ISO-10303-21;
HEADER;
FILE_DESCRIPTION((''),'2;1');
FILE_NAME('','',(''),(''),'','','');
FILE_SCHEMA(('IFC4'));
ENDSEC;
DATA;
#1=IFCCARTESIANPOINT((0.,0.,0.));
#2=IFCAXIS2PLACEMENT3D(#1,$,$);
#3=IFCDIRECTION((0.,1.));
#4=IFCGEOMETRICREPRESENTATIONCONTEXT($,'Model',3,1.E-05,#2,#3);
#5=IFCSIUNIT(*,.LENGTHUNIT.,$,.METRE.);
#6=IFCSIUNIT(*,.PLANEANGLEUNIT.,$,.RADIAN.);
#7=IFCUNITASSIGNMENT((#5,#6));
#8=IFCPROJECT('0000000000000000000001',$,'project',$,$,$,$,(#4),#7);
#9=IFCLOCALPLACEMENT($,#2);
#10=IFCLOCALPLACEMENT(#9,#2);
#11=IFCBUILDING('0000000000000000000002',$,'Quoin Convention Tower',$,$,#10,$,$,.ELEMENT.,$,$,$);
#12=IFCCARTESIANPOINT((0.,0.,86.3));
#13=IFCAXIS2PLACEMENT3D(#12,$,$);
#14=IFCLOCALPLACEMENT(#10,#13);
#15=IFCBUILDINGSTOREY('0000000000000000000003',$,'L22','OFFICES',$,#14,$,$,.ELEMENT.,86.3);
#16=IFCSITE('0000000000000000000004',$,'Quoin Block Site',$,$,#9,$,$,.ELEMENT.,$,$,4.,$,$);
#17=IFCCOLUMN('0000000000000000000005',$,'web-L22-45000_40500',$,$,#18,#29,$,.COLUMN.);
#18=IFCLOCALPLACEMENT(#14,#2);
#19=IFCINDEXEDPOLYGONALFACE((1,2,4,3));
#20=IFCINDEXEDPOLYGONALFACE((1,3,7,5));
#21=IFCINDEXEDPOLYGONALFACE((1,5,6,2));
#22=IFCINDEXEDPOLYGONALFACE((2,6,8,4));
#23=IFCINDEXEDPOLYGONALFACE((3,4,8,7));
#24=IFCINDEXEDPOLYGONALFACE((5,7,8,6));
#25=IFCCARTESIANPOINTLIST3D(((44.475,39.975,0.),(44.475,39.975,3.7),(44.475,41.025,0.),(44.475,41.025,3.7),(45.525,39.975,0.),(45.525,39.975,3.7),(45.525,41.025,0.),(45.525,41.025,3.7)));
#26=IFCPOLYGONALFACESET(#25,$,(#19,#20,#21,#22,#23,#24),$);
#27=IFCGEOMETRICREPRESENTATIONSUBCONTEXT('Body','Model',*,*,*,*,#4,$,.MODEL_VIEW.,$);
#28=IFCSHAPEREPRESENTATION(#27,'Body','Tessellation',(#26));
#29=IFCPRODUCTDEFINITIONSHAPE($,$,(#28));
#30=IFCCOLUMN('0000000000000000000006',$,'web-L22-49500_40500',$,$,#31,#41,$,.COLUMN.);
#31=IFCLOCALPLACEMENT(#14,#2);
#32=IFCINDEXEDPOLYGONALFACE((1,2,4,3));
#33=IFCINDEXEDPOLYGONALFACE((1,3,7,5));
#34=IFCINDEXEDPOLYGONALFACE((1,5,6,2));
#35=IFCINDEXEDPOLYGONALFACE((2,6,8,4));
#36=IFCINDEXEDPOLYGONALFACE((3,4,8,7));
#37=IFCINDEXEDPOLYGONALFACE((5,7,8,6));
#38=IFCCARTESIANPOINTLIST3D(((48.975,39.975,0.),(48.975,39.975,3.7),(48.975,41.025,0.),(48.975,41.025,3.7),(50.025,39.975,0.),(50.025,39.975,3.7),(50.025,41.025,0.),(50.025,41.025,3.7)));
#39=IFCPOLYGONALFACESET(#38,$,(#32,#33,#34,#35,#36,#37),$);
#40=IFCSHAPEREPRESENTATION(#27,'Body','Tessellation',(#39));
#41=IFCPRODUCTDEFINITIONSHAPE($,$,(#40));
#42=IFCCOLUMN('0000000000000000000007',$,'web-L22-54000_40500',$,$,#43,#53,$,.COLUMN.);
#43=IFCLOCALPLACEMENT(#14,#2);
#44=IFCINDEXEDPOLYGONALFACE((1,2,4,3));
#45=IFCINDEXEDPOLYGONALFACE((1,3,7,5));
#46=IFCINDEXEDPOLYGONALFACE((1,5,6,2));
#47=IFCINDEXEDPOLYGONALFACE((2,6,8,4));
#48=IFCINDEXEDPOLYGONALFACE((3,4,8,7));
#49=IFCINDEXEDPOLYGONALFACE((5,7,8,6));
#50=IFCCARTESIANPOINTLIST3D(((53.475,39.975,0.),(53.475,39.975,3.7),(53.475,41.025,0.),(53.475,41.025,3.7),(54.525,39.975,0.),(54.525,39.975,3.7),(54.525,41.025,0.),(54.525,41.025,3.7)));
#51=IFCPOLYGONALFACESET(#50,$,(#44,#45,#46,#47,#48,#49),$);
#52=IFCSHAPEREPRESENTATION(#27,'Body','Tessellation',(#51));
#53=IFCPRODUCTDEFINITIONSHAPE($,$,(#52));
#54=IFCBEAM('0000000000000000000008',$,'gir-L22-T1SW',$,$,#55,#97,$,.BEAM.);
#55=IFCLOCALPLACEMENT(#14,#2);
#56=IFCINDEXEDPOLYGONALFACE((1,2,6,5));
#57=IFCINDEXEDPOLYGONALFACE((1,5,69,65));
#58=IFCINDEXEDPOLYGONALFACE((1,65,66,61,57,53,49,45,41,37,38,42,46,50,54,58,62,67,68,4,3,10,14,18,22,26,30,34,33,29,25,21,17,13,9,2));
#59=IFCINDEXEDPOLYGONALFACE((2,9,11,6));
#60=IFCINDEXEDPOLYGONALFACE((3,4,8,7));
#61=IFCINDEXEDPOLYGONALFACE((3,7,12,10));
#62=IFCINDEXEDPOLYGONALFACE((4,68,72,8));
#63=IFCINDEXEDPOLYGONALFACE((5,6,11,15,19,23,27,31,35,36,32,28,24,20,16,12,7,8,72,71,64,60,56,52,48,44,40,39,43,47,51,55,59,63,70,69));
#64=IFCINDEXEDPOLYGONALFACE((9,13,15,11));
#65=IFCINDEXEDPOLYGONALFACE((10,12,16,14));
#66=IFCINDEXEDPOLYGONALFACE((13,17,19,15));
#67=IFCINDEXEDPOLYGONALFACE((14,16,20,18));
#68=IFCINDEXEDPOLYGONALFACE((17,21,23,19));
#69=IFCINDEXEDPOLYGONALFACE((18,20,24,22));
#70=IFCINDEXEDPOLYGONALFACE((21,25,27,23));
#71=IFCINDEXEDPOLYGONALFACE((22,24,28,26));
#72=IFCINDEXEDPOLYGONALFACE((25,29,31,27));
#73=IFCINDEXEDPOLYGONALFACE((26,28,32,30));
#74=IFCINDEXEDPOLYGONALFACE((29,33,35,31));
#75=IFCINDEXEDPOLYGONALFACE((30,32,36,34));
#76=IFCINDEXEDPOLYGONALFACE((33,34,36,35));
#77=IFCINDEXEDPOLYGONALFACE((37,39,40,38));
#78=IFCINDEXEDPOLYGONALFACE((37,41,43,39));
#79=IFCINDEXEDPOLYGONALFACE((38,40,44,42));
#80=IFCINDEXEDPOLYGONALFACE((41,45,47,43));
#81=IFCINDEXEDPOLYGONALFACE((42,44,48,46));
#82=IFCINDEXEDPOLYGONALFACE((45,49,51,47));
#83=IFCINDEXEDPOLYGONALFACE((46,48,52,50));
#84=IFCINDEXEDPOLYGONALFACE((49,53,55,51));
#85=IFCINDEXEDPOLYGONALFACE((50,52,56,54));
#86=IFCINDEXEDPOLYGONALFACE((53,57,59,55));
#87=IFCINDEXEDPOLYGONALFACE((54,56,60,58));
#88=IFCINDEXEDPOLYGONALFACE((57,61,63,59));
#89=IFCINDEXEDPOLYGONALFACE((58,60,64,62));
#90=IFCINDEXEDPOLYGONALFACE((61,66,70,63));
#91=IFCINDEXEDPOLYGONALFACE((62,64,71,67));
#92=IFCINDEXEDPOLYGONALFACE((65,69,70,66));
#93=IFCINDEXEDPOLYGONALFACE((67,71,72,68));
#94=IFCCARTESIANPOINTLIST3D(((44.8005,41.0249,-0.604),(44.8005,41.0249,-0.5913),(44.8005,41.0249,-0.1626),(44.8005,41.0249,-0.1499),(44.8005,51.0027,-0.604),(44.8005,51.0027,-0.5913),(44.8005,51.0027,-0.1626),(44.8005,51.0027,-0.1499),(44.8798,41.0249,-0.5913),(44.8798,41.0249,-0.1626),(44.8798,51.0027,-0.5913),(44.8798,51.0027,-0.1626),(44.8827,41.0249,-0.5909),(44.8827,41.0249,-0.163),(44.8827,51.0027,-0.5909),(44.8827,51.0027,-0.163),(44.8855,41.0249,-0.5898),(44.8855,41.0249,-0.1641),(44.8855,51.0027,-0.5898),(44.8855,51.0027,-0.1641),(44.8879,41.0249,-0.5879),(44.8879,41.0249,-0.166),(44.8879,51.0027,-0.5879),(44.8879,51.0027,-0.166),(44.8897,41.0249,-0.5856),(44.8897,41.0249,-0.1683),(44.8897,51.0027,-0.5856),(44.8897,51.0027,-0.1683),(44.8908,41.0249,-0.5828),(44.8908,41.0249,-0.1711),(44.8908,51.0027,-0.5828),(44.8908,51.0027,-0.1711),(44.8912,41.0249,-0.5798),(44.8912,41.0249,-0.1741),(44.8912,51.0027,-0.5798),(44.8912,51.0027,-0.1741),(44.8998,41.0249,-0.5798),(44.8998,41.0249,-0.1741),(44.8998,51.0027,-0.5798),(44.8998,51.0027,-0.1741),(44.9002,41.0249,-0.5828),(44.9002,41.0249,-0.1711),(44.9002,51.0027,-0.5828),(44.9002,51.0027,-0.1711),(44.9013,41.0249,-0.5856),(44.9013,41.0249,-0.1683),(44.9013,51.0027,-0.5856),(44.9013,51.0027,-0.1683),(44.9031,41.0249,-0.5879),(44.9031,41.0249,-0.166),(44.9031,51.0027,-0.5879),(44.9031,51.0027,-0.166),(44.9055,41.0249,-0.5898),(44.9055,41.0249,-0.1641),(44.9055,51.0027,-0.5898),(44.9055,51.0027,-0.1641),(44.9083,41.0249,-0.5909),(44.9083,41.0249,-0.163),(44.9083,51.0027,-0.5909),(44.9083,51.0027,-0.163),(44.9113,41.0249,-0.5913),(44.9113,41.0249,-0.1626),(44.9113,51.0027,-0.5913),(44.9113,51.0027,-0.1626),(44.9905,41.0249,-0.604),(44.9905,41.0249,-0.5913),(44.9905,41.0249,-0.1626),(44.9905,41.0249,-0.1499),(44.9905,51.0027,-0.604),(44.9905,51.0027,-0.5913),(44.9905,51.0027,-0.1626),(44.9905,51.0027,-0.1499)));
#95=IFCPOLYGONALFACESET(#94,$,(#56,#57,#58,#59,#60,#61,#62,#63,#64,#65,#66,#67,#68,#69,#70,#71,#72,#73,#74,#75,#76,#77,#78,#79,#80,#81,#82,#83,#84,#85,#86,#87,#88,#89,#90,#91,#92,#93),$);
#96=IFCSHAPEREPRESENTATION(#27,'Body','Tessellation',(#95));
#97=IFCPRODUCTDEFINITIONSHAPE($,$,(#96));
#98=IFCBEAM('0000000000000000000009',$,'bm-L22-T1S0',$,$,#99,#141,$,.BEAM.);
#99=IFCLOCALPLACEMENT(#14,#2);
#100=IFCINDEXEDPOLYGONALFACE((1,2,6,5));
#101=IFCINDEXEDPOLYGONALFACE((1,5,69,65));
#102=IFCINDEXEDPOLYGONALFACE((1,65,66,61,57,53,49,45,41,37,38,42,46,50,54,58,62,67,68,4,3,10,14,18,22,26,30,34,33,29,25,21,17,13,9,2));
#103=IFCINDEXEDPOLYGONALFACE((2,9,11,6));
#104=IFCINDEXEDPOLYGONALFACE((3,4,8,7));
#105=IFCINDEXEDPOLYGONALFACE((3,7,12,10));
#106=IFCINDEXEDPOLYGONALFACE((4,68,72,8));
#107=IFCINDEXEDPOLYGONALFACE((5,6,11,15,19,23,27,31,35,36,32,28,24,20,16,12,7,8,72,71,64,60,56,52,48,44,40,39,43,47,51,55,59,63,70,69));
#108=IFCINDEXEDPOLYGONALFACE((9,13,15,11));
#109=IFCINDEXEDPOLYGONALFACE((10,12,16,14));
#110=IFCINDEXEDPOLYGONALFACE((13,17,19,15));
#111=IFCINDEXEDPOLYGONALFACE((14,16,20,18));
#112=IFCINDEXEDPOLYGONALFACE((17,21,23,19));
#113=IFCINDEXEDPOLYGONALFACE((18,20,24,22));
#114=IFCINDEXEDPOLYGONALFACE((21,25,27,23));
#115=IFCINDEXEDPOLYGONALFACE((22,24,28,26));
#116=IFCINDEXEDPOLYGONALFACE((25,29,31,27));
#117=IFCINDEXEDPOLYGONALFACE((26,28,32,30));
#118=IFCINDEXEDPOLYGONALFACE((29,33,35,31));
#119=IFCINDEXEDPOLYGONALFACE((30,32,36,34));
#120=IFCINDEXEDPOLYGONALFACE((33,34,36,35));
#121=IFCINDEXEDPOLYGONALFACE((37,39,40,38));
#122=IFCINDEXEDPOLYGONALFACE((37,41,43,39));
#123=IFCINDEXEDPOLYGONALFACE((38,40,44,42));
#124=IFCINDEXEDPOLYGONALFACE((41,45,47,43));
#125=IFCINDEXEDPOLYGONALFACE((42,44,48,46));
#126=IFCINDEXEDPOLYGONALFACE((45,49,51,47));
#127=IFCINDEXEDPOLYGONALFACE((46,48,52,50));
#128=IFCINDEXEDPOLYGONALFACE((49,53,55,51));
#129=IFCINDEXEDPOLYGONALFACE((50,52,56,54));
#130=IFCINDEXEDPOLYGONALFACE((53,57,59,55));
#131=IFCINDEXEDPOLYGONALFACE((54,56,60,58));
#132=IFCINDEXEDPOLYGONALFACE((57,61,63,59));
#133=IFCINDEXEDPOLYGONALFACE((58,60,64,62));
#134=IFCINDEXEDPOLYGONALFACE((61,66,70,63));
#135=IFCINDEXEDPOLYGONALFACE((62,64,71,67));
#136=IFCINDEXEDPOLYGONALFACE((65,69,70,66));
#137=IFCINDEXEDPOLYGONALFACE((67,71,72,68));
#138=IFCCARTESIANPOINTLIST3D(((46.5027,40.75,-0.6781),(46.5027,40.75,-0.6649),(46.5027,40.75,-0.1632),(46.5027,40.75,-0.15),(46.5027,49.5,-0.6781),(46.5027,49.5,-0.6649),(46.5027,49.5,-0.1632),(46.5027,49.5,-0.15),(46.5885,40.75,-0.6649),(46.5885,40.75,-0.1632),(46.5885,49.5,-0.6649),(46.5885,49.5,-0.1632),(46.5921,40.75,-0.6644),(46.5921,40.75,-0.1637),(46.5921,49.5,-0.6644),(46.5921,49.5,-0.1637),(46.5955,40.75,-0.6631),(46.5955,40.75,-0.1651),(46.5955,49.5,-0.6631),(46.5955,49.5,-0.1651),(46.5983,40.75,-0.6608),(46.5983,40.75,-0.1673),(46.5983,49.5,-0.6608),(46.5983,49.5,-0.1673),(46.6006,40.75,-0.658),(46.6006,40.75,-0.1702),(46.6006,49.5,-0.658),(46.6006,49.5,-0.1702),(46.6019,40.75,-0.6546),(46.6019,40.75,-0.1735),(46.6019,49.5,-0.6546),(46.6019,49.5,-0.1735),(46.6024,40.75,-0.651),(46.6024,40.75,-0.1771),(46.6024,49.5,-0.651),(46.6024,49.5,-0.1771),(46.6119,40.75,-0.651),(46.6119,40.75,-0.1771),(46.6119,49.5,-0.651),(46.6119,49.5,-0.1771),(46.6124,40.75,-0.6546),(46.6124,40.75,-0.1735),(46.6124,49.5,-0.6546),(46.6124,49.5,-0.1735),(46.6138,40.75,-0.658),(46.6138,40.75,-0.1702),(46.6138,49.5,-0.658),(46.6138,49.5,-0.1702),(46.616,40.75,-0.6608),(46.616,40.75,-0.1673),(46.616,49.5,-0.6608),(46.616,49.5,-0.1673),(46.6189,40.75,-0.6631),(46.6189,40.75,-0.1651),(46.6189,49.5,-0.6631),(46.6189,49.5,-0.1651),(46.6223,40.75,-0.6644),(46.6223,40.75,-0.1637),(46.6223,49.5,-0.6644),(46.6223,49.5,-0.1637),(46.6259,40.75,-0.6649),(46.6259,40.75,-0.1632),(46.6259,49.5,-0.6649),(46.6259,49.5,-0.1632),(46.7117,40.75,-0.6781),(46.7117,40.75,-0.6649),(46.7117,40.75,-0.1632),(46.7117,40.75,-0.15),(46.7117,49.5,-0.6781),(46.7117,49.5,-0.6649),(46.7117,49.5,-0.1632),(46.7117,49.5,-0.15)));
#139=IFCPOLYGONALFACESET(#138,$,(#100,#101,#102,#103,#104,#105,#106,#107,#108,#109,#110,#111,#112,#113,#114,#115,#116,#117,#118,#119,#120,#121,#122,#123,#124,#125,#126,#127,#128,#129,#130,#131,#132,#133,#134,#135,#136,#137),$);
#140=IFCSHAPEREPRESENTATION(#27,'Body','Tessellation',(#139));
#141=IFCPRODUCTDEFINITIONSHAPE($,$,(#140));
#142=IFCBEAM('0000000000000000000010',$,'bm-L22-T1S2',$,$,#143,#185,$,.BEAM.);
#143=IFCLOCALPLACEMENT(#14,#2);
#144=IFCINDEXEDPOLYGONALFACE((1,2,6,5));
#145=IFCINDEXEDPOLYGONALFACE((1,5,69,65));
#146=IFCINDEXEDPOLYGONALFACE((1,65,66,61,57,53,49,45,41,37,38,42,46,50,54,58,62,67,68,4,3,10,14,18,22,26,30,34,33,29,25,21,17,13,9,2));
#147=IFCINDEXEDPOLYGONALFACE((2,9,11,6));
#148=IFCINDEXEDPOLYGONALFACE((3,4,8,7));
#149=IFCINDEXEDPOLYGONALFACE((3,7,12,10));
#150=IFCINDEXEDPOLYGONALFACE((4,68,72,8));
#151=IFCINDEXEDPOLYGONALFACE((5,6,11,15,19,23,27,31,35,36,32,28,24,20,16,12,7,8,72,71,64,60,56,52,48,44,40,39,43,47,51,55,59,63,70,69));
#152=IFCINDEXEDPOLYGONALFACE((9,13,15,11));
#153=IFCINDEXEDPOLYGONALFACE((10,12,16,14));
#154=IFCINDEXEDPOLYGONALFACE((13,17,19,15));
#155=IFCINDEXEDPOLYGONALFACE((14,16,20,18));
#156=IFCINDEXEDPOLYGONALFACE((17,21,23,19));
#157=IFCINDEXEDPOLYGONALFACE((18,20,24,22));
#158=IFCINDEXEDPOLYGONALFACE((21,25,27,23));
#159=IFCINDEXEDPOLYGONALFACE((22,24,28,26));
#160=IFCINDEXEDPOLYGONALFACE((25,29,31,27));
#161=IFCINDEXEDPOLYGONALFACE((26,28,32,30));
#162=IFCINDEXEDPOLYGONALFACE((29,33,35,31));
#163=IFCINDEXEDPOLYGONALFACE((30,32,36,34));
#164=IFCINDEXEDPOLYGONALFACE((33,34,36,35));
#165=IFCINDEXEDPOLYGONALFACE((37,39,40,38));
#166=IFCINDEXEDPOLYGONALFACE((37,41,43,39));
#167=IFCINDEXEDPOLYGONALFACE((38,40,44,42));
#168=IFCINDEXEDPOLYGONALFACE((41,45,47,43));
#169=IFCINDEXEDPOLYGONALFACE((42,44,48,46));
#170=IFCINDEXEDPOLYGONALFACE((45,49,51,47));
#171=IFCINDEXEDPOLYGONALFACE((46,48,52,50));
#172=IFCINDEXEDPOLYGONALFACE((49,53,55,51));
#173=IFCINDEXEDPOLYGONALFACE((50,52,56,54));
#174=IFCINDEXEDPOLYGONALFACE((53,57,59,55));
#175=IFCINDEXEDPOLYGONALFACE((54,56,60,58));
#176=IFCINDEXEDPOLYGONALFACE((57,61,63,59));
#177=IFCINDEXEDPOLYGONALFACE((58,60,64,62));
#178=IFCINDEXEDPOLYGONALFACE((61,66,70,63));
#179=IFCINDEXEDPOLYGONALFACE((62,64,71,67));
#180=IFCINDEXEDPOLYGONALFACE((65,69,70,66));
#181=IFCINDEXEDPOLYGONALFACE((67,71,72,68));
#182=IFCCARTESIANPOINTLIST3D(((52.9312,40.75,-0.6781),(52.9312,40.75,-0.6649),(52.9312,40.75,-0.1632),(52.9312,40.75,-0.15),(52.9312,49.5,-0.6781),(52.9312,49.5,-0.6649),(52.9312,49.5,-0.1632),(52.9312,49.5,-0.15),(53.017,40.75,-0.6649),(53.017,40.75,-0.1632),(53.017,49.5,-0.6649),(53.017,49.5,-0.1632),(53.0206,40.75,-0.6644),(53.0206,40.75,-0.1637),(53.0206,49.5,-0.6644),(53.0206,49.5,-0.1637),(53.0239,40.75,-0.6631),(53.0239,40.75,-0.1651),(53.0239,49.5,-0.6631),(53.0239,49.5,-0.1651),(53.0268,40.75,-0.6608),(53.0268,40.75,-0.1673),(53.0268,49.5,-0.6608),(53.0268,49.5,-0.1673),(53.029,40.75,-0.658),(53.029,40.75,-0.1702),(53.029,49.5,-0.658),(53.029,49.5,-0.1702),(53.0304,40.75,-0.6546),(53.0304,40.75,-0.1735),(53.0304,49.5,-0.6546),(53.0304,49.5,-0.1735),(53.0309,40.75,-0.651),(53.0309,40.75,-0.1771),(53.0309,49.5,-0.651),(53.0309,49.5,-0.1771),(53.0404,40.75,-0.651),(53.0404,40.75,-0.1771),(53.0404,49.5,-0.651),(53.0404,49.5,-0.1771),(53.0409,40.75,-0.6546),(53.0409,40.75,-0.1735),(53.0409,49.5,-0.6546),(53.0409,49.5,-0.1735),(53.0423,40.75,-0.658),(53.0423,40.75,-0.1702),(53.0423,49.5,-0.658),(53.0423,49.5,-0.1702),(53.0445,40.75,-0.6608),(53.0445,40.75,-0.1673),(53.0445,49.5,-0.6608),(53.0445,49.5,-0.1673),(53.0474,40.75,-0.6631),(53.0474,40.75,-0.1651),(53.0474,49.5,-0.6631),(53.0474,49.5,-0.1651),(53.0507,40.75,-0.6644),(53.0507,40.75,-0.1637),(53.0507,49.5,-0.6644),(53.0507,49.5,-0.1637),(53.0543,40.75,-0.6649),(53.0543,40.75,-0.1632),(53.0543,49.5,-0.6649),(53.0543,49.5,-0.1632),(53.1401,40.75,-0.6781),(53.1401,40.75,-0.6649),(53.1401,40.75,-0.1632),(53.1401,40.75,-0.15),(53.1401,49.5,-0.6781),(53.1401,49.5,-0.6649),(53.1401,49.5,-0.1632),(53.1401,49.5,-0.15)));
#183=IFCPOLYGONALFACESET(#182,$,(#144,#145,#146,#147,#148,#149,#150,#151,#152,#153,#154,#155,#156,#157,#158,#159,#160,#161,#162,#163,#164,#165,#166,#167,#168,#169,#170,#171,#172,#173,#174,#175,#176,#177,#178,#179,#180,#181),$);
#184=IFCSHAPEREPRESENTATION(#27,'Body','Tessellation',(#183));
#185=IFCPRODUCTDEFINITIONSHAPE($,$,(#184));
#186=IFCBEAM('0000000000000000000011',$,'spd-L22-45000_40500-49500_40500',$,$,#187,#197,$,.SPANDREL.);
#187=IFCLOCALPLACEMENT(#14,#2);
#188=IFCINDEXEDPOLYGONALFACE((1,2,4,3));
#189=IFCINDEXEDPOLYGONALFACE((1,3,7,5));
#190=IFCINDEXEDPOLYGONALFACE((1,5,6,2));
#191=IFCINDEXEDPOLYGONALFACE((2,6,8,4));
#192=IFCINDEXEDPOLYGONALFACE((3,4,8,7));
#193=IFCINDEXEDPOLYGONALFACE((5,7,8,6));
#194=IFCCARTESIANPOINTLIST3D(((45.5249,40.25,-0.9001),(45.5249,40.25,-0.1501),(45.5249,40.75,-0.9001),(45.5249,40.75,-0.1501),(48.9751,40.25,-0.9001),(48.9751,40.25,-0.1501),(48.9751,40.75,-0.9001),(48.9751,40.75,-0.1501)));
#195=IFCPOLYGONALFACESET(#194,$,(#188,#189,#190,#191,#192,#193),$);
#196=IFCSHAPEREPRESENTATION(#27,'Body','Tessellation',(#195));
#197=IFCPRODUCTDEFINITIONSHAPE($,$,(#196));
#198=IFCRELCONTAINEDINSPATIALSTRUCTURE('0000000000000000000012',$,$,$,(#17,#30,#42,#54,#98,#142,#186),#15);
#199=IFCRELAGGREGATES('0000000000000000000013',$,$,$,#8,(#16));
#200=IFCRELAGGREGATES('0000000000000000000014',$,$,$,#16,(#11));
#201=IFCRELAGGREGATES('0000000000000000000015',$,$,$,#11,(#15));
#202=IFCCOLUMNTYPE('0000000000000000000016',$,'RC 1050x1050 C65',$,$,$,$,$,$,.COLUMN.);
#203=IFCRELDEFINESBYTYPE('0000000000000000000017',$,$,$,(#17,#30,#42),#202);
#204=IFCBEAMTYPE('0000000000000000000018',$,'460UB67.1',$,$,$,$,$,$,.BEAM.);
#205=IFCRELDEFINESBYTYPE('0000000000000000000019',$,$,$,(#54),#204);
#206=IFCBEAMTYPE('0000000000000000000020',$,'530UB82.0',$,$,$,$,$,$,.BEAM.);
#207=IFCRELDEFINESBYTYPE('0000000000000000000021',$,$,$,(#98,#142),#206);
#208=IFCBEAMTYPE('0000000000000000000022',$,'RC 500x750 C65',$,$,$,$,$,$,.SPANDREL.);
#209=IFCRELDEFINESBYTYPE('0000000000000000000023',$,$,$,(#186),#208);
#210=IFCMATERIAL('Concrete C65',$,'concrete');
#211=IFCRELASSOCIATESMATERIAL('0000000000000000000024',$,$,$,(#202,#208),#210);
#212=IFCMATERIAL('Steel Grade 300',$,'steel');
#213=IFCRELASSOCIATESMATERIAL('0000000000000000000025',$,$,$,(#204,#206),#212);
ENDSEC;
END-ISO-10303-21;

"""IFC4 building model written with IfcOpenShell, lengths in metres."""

from ifc_helpers import new_model, si_unit, direction, frame, origin, origin_2d, place, context, subcontext, project, spatial, rectangle, i_section, extrude, material, material_profile, profile_set, type_object, element, save


model = new_model("IFC4")

# Units and contexts
model_context = context("Model", 3, precision=1e-05, world=origin(), true_north=direction((0.0, 1.0)))
body_context = subcontext(model_context, "Body", "Model", "MODEL_VIEW")
ifc_project = project(units=[si_unit("LENGTHUNIT", "METRE"), si_unit("PLANEANGLEUNIT", "RADIAN")], contexts=[model_context])

# Site, building, storey
site_placement = place(None, origin())
site = spatial("IfcSite", under=ifc_project, at=site_placement, Name="Quoin Block Site", CompositionType="ELEMENT", RefElevation=4.0)
building_placement = place(site_placement, origin())
building = spatial("IfcBuilding", under=site, at=building_placement, Name="Quoin Convention Tower", CompositionType="ELEMENT")
storey_placement = place(building_placement, frame((0.0, 0.0, 86.3)))
storey = spatial("IfcBuildingStorey", under=building, at=storey_placement, Name="L22", Description="OFFICES", CompositionType="ELEMENT", Elevation=86.3)

# Columns
ifc_material_1 = material(Name="Concrete C65", Category="concrete")
ifc_material_profile_1 = material_profile(ifc_material_1, rectangle(XDim=1.05, YDim=1.05, at=origin_2d()), Name="RC 1050x1050")
ifc_profile_set_1 = profile_set([ifc_material_profile_1], Name="Concrete C65")
column_type = type_object("IfcColumnType", Name="RC 1050x1050 C65", PredefinedType="COLUMN", material=ifc_profile_set_1)
for number, where, z_axis, x_axis, name in (
    (1, (45.0, 40.5, 0.0), (0.0, 0.0, 1.0), (1.0, 0.0, 0.0), "web-L22-45000_40500"),
    (2, (49.5, 40.5, 0.0), (0.0, 0.0, 1.0), (1.0, 0.0, 0.0), "web-L22-49500_40500"),
    (3, (54.0, 40.5, 0.0), (0.0, 0.0, 1.0), (1.0, 0.0, 0.0), "web-L22-54000_40500"),
):
    element("IfcColumn", number, at=place(storey_placement, frame(where, z_axis=z_axis, x_axis=x_axis)), inside=storey, type_object=column_type, Name=name, PredefinedType="COLUMN", context=body_context, shape_type="SweptSolid", body=[
        extrude(rectangle(XDim=1.05, YDim=1.05, at=origin_2d()), origin(), (0.0, 0.0, 1.0), 3.7),
    ])

# Beams
ifc_material_2 = material(Name="Steel Grade 300", Category="steel")
ifc_material_profile_2 = material_profile(ifc_material_2, i_section(OverallWidth=0.1899, OverallDepth=0.4541, WebThickness=0.0085, FlangeThickness=0.0127, FilletRadius=0.0115, at=origin_2d()), Name="460UB67.1")
ifc_profile_set_2 = profile_set([ifc_material_profile_2], Name="Steel Grade 300")
beam_type_1 = type_object("IfcBeamType", Name="460UB67.1", PredefinedType="BEAM", material=ifc_profile_set_2)
beam_placement = place(storey_placement, frame((44.8955, 41.0249, -0.377), z_axis=(0.0, 1.0, 0.0), x_axis=(-1.0, 0.0, 0.0)))
element("IfcBeam", 4, at=beam_placement, inside=storey, type_object=beam_type_1, Name="gir-L22-T1SW", PredefinedType="BEAM", context=body_context, shape_type="SweptSolid", body=[
    extrude(i_section(OverallWidth=0.1899, OverallDepth=0.4541, WebThickness=0.0085, FlangeThickness=0.0127, FilletRadius=0.0115, at=origin_2d()), origin(), (0.0, 0.0, 1.0), 9.9778),
])
ifc_material_profile_3 = material_profile(ifc_material_2, i_section(OverallWidth=0.209, OverallDepth=0.5281, WebThickness=0.0095, FlangeThickness=0.0132, FilletRadius=0.0139, at=origin_2d()), Name="530UB82.0")
ifc_profile_set_3 = profile_set([ifc_material_profile_3], Name="Steel Grade 300")
beam_type_2 = type_object("IfcBeamType", Name="530UB82.0", PredefinedType="BEAM", material=ifc_profile_set_3)
for number, where, z_axis, x_axis, name in (
    (5, (46.6072, 40.75, -0.4141), (0.0, 1.0, 0.0), (-1.0, 0.0, 0.0), "bm-L22-T1S0"),
    (6, (53.0356, 40.75, -0.4141), (0.0, 1.0, 0.0), (-1.0, 0.0, 0.0), "bm-L22-T1S2"),
):
    element("IfcBeam", number, at=place(storey_placement, frame(where, z_axis=z_axis, x_axis=x_axis)), inside=storey, type_object=beam_type_2, Name=name, PredefinedType="BEAM", context=body_context, shape_type="SweptSolid", body=[
        extrude(i_section(OverallWidth=0.209, OverallDepth=0.5281, WebThickness=0.0095, FlangeThickness=0.0132, FilletRadius=0.0139, at=origin_2d()), origin(), (0.0, 0.0, 1.0), 8.75),
    ])
ifc_material_profile_4 = material_profile(ifc_material_1, rectangle(XDim=0.5, YDim=0.75, at=origin_2d()), Name="RC 500x750")
ifc_profile_set_4 = profile_set([ifc_material_profile_4], Name="Concrete C65")
beam_type_3 = type_object("IfcBeamType", Name="RC 500x750 C65", PredefinedType="SPANDREL", material=ifc_profile_set_4)
for number, where, z_axis, x_axis, name in (
    (7, (45.5249, 40.5, -0.5251), (1.0, 0.0, 0.0), (0.0, 1.0, 0.0), "spd-L22-45000_40500-49500_40500"),
):
    element("IfcBeam", number, at=place(storey_placement, frame(where, z_axis=z_axis, x_axis=x_axis)), inside=storey, type_object=beam_type_3, Name=name, PredefinedType="SPANDREL", context=body_context, shape_type="SweptSolid", body=[
        extrude(rectangle(XDim=0.5, YDim=0.75, at=origin_2d()), origin(), (0.0, 0.0, 1.0), 3.4502),
    ])

save(model, "model.ifc")
